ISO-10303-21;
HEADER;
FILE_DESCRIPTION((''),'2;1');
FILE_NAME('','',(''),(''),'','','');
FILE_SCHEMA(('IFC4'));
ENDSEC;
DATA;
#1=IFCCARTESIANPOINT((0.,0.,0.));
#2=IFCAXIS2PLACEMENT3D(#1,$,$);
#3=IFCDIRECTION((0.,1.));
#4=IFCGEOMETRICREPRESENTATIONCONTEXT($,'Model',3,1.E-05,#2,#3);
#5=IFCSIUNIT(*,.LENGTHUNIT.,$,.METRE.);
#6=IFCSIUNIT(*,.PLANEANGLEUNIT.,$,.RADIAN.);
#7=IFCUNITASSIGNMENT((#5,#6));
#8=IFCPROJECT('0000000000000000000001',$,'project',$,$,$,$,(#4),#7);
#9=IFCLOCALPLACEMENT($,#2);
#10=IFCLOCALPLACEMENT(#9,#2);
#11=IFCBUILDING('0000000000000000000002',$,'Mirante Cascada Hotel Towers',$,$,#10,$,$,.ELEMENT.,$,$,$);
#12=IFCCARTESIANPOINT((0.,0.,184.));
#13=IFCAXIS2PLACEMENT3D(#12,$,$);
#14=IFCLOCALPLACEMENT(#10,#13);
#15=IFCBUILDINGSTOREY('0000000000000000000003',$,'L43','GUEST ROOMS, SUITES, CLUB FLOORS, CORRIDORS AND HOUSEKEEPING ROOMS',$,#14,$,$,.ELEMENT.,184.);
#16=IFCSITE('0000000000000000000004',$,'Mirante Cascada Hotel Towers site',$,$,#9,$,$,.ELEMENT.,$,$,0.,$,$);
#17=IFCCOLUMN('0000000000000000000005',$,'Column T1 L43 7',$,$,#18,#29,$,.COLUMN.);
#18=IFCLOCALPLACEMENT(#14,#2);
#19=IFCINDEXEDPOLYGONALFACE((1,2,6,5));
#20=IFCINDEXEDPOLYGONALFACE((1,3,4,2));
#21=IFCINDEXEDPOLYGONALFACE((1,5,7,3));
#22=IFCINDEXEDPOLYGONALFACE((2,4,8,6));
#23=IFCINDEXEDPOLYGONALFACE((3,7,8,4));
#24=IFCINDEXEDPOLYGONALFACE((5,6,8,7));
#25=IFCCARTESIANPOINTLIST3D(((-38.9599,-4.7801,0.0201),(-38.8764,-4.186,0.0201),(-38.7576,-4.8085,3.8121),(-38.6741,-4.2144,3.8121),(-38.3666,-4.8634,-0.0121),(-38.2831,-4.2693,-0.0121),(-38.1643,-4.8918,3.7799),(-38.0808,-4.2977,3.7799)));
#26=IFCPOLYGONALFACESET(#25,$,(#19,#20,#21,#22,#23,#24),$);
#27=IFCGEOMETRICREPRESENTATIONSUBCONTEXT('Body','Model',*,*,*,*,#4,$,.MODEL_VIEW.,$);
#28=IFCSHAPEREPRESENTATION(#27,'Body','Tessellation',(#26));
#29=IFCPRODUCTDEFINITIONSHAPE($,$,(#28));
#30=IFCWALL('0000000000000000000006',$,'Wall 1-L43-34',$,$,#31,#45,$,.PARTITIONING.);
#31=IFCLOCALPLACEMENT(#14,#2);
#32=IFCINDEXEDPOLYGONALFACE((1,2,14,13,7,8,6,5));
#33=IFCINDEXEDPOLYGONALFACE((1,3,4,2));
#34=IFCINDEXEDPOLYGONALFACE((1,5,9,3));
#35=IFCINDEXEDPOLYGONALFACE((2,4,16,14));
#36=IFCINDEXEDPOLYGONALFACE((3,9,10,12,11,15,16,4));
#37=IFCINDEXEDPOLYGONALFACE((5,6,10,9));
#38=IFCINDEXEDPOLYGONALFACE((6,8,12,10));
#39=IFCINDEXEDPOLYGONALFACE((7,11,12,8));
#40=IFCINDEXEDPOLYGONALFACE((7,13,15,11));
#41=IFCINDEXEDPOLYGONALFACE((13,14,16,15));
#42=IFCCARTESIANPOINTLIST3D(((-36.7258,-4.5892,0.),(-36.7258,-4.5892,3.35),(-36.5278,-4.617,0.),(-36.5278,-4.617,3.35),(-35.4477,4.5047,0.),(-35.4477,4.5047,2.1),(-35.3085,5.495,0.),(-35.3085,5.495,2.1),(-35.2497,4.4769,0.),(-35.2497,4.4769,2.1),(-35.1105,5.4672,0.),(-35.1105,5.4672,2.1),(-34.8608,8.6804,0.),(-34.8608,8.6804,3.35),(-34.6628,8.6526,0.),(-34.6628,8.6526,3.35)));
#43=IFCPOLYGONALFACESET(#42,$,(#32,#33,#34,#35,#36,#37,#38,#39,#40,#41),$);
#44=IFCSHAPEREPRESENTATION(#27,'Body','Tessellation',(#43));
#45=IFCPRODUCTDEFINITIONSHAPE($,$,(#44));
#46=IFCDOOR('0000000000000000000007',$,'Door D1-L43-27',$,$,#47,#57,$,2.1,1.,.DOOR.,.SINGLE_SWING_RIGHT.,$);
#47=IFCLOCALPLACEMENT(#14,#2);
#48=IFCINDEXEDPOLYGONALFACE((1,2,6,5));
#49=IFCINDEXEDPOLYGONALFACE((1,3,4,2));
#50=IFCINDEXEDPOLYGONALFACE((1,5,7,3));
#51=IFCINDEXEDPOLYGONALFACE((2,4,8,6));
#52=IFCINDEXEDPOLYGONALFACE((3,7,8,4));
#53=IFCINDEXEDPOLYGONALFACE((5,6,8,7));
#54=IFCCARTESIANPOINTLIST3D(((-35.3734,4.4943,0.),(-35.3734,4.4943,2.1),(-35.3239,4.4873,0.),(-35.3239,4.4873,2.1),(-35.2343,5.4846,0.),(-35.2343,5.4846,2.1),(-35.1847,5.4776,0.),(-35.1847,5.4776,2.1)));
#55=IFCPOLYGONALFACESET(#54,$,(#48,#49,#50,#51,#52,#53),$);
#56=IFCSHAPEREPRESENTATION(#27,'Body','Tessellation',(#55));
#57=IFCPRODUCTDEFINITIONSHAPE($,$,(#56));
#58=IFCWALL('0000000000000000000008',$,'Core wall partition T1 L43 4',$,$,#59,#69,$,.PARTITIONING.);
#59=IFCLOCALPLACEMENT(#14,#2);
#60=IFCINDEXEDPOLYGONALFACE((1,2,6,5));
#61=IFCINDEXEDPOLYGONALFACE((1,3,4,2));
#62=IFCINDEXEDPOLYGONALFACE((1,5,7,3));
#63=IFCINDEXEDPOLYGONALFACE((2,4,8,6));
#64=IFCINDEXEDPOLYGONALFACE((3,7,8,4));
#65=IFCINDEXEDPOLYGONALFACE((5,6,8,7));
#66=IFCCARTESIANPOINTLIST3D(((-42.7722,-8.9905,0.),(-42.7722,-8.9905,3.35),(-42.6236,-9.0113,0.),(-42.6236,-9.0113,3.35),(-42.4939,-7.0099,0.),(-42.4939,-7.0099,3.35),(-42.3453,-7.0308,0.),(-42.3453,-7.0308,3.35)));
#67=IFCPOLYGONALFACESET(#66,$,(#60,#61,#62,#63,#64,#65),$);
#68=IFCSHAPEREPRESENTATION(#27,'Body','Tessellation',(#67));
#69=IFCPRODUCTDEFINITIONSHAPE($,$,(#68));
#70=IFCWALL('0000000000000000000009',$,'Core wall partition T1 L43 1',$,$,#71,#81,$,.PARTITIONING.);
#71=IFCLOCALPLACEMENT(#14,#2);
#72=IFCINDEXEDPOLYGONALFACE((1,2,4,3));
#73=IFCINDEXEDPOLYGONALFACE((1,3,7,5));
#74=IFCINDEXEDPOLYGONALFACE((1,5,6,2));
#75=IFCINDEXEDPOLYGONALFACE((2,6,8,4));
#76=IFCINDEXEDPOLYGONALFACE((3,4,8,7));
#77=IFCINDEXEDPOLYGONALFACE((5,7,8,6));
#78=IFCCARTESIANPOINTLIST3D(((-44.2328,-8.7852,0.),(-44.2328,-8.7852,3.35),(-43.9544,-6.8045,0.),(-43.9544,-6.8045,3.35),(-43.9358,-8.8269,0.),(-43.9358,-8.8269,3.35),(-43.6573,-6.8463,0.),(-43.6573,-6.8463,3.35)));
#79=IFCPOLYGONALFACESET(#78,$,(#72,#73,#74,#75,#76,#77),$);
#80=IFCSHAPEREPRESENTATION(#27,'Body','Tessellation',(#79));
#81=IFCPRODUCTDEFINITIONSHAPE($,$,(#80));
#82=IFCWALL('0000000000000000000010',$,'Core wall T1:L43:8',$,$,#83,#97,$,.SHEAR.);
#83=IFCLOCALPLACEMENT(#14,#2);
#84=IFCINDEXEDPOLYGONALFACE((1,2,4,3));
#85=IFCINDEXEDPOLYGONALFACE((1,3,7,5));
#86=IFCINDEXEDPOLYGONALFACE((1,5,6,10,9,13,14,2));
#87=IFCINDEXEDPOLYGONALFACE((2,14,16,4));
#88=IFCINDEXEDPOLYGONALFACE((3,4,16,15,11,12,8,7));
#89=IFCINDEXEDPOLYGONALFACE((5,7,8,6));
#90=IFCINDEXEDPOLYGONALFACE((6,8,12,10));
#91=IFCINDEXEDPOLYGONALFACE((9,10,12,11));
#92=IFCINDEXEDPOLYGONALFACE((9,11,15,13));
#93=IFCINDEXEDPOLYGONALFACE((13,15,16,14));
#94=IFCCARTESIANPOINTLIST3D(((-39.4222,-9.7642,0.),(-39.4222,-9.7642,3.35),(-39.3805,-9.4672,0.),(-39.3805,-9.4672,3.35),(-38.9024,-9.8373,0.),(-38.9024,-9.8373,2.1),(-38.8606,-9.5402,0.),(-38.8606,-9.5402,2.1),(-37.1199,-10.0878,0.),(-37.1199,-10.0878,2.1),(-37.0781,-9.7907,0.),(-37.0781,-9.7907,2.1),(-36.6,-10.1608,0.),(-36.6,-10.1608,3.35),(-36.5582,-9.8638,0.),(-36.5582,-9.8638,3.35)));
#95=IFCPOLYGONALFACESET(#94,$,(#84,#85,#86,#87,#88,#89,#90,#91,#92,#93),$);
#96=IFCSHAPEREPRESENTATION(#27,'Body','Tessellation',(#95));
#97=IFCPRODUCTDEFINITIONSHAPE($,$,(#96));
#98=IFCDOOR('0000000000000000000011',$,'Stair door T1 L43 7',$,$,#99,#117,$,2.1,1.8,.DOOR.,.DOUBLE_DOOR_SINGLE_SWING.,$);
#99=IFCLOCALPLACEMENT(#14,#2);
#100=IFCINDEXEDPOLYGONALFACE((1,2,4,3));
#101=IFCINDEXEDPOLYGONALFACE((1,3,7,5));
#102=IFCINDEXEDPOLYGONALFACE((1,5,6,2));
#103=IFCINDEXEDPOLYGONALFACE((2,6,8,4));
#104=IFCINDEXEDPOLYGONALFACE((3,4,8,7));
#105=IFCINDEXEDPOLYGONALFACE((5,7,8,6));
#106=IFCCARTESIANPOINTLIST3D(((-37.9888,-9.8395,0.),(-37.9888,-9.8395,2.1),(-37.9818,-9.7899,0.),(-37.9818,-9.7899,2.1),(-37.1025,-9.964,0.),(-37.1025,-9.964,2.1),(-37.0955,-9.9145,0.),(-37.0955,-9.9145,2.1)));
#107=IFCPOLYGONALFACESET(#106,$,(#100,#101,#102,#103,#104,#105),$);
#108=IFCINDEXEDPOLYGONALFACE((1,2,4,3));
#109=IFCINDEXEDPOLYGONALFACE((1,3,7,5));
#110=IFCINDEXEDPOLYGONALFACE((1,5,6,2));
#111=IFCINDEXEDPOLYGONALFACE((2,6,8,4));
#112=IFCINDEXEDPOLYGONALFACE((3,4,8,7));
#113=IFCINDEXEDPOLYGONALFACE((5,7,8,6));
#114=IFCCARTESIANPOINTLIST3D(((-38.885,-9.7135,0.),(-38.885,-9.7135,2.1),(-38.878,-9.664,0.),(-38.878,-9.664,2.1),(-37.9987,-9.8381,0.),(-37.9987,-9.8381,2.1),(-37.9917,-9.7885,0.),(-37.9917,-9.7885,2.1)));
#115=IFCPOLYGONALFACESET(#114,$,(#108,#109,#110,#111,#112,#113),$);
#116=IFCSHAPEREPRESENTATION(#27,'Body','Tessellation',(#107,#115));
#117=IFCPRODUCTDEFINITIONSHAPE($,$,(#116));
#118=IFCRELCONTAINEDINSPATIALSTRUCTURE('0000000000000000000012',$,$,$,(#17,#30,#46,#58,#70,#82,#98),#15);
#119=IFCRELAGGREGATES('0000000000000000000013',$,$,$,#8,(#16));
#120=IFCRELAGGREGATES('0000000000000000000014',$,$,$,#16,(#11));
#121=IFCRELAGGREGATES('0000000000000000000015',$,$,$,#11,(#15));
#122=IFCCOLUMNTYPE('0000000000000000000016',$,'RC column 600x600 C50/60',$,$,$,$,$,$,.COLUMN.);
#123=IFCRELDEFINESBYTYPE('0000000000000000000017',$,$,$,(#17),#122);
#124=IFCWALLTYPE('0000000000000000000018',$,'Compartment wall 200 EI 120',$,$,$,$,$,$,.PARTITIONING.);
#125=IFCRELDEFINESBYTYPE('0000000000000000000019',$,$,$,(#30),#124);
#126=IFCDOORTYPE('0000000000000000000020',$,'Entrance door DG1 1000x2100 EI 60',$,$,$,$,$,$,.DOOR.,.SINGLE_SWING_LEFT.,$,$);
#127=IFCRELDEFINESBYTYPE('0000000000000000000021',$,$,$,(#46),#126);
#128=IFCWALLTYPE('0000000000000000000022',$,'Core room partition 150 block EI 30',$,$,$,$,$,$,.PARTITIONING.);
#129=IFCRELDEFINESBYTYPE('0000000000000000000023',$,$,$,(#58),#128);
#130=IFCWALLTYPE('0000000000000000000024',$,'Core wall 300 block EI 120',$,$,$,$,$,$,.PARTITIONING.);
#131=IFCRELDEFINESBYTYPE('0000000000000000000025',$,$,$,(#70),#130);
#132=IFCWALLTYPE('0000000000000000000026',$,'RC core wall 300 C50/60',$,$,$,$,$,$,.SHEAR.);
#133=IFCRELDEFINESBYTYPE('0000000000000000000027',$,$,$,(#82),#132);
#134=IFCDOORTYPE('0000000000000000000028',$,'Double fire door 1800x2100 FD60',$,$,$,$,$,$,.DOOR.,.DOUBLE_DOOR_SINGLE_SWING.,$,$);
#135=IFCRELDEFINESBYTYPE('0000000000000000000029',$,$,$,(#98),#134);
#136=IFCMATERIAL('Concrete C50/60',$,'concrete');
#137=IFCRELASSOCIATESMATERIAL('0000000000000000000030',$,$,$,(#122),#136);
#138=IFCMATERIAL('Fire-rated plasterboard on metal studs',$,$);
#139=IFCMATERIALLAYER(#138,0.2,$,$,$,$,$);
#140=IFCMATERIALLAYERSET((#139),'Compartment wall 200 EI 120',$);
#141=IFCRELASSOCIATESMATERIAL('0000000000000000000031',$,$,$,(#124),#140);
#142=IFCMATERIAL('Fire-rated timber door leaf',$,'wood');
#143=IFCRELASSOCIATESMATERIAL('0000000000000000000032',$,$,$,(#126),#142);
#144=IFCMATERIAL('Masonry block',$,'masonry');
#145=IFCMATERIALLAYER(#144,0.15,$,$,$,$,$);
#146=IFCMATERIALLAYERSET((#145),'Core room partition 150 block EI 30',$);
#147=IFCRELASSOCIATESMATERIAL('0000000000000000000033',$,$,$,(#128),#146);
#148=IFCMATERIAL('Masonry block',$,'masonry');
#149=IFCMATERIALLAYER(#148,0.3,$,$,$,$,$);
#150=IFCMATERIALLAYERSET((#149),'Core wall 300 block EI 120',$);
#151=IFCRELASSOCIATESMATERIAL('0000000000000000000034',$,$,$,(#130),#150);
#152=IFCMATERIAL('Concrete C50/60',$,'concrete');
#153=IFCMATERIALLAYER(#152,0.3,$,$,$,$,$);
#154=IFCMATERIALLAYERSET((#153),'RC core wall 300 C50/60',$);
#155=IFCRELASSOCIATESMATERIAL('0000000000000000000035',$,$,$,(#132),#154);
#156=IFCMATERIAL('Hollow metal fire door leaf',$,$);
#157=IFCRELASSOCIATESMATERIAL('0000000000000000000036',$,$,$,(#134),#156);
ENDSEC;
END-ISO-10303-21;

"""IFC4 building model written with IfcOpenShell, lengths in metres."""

from ifc_helpers import new_model, si_unit, direction, frame, frame_2d, origin, origin_2d, place, context, subcontext, project, spatial, rectangle, extrude, material, layer, layer_set, material_profile, profile_set, type_object, element, fill, save


model = new_model("IFC4")

# Units and contexts
model_context = context("Model", 3, precision=1e-05, world=origin(), true_north=direction((0.0, 1.0)))
body_context = subcontext(model_context, "Body", "Model", "MODEL_VIEW")
ifc_project = project(units=[si_unit("LENGTHUNIT", "METRE"), si_unit("PLANEANGLEUNIT", "RADIAN")], contexts=[model_context])

# Site, building, storey
site_placement = place(None, origin())
site = spatial("IfcSite", under=ifc_project, at=site_placement, Name="Mirante Cascada Hotel Towers site", CompositionType="ELEMENT", RefElevation=0.0)
building_placement = place(site_placement, origin())
building = spatial("IfcBuilding", under=site, at=building_placement, Name="Mirante Cascada Hotel Towers", CompositionType="ELEMENT")
storey_placement = place(building_placement, frame((0.0, 0.0, 184.0)))
storey = spatial("IfcBuildingStorey", under=building, at=storey_placement, Name="L43", Description="GUEST ROOMS, SUITES, CLUB FLOORS, CORRIDORS AND HOUSEKEEPING ROOMS", CompositionType="ELEMENT", Elevation=184.0)

# Column
ifc_material_1 = material(Name="Concrete C50/60", Category="concrete")
ifc_material_profile = material_profile(ifc_material_1, rectangle(XDim=0.6, YDim=0.6, at=origin_2d()), Name="RC column 600x600 C50/60")
ifc_profile_set = profile_set([ifc_material_profile], Name="Concrete C50/60")
column_type = type_object("IfcColumnType", Name="RC column 600x600 C50/60", PredefinedType="COLUMN", material=ifc_profile_set)
column_placement = place(storey_placement, frame((-38.6215, -4.5247, 0.004), z_axis=(0.053272, -0.007479, 0.998552), x_axis=(0.139022, 0.990289, 0.0)))
element("IfcColumn", 1, at=column_placement, inside=storey, type_object=column_type, Name="Column T1 L43 7", PredefinedType="COLUMN", context=body_context, shape_type="SweptSolid", body=[
    extrude(rectangle(XDim=0.6, YDim=0.6, at=origin_2d()), origin(), (0.0, 0.0, 1.0), 3.7975),
])

# Wall, opening, door
ifc_material_2 = material(Name="Fire-rated plasterboard on metal studs")
ifc_layer_1 = layer(ifc_material_2, 0.2)
ifc_layer_set_1 = layer_set([ifc_layer_1], Name="Compartment wall 200 EI 120")
wall_type_1 = type_object("IfcWallType", Name="Compartment wall 200 EI 120", PredefinedType="PARTITIONING", material=ifc_layer_set_1)
wall_1_placement = place(storey_placement, frame((-36.6268, -4.6031, 0.0), z_axis=(0.0, 0.0, 1.0), x_axis=(0.139179, 0.990267, 0.0)))
wall_1 = element("IfcWall", 2, at=wall_1_placement, inside=storey, type_object=wall_type_1, Name="Wall 1-L43-34", PredefinedType="PARTITIONING", context=body_context, shape_type="SweptSolid", body=[
    extrude(rectangle(XDim=13.4, YDim=0.2, at=frame_2d((6.7, 0.0))), origin(), (0.0, 0.0, 1.0), 3.35),
])
opening_1_placement = place(wall_1_placement, frame((9.1833, 0.0, 0.0)))
opening_1 = element("IfcOpeningElement", 3, at=opening_1_placement, cuts=wall_1, PredefinedType="OPENING", context=body_context, shape_type="SweptSolid", body=[
    extrude(rectangle(XDim=1.0, YDim=2.1, at=frame_2d((0.5, 1.05))), frame((0.0, 0.1, 0.0), z_axis=(0.0, -1.0, 0.0), x_axis=(1.0, 0.0, 0.0)), (0.0, 0.0, 1.0), 0.2),
])
ifc_material_3 = material(Name="Fire-rated timber door leaf", Category="wood")
door_type_1 = type_object("IfcDoorType", Name="Entrance door DG1 1000x2100 EI 60", OperationType="SINGLE_SWING_LEFT", PredefinedType="DOOR", material=ifc_material_3)
door_1_placement = place(opening_1_placement, frame((1.0, 0.0, 0.0), z_axis=(0.0, 0.0, 1.0), x_axis=(-1.0, 0.0, 0.0)))
door_1 = element("IfcDoor", 4, at=door_1_placement, inside=storey, type_object=door_type_1, Name="Door D1-L43-27", OperationType="SINGLE_SWING_RIGHT", OverallHeight=2.1, OverallWidth=1.0, PredefinedType="DOOR", context=body_context, shape_type="SweptSolid", body=[
    extrude(rectangle(XDim=1.0, YDim=2.1, at=frame_2d((0.5, 1.05))), frame((0.0, 0.025, 0.0), z_axis=(0.0, -1.0, 0.0), x_axis=(1.0, 0.0, 0.0)), (0.0, 0.0, 1.0), 0.05),
])
fill(opening_1, door_1)

# Walls
ifc_material_4 = material(Name="Masonry block", Category="masonry")
ifc_layer_2 = layer(ifc_material_4, 0.15)
ifc_layer_set_2 = layer_set([ifc_layer_2], Name="Core room partition 150 block EI 30")
wall_type_2 = type_object("IfcWallType", Name="Core room partition 150 block EI 30", PredefinedType="PARTITIONING", material=ifc_layer_set_2)
wall_2_placement = place(storey_placement, frame((-42.6979, -9.0009, 0.0), z_axis=(0.0, 0.0, 1.0), x_axis=(0.139153, 0.990271, 0.0)))
element("IfcWall", 5, at=wall_2_placement, inside=storey, type_object=wall_type_2, Name="Core wall partition T1 L43 4", PredefinedType="PARTITIONING", context=body_context, shape_type="SweptSolid", body=[
    extrude(rectangle(XDim=2.0, YDim=0.15, at=frame_2d((1.0, 0.0))), origin(), (0.0, 0.0, 1.0), 3.35),
])
ifc_material_5 = material(Name="Masonry block", Category="masonry")
ifc_layer_3 = layer(ifc_material_5, 0.3)
ifc_layer_set_3 = layer_set([ifc_layer_3], Name="Core wall 300 block EI 120")
wall_type_3 = type_object("IfcWallType", Name="Core wall 300 block EI 120", PredefinedType="PARTITIONING", material=ifc_layer_set_3)
wall_3_placement = place(storey_placement, frame((-44.0843, -8.8061, 0.0), z_axis=(0.0, 0.0, 1.0), x_axis=(0.139195, 0.990265, 0.0)))
element("IfcWall", 6, at=wall_3_placement, inside=storey, type_object=wall_type_3, Name="Core wall partition T1 L43 1", PredefinedType="PARTITIONING", context=body_context, shape_type="SweptSolid", body=[
    extrude(rectangle(XDim=2.0001, YDim=0.3, at=frame_2d((1.0001, 0.0))), origin(), (0.0, 0.0, 1.0), 3.35),
])

# Wall, opening, door
ifc_material_6 = material(Name="Concrete C50/60", Category="concrete")
ifc_layer_4 = layer(ifc_material_6, 0.3)
ifc_layer_set_4 = layer_set([ifc_layer_4], Name="RC core wall 300 C50/60")
wall_type_4 = type_object("IfcWallType", Name="RC core wall 300 C50/60", PredefinedType="SHEAR", material=ifc_layer_set_4)
wall_4_placement = place(storey_placement, frame((-36.5791, -10.0123, 0.0), z_axis=(0.0, 0.0, 1.0), x_axis=(-0.99027, 0.139156, 0.0)))
wall_4 = element("IfcWall", 7, at=wall_4_placement, inside=storey, type_object=wall_type_4, Name="Core wall T1:L43:8", PredefinedType="SHEAR", context=body_context, shape_type="SweptSolid", body=[
    extrude(rectangle(XDim=2.85, YDim=0.3, at=frame_2d((1.425, 0.0))), origin(), (0.0, 0.0, 1.0), 3.35),
])
opening_2_placement = place(wall_4_placement, frame((0.525, 0.0, 0.0)))
opening_2 = element("IfcOpeningElement", 8, at=opening_2_placement, cuts=wall_4, PredefinedType="OPENING", context=body_context, shape_type="SweptSolid", body=[
    extrude(rectangle(XDim=1.8, YDim=2.1, at=frame_2d((0.9, 1.05))), frame((0.0, 0.15, 0.0), z_axis=(0.0, -1.0, 0.0), x_axis=(1.0, 0.0, 0.0)), (0.0, 0.0, 1.0), 0.3),
])
ifc_material_7 = material(Name="Hollow metal fire door leaf")
door_type_2 = type_object("IfcDoorType", Name="Double fire door 1800x2100 FD60", OperationType="DOUBLE_DOOR_SINGLE_SWING", PredefinedType="DOOR", material=ifc_material_7)
door_2_placement = place(opening_2_placement, origin())
door_2 = element("IfcDoor", 9, at=door_2_placement, inside=storey, type_object=door_type_2, Name="Stair door T1 L43 7", OperationType="DOUBLE_DOOR_SINGLE_SWING", OverallHeight=2.1, OverallWidth=1.8, PredefinedType="DOOR", context=body_context, shape_type="SweptSolid", body=[
    extrude(rectangle(XDim=0.895, YDim=2.1, at=frame_2d((0.4475, 1.05))), frame((0.0, 0.025, 0.0), z_axis=(0.0, -1.0, 0.0), x_axis=(1.0, 0.0, 0.0)), (0.0, 0.0, 1.0), 0.05),
    extrude(rectangle(XDim=0.895, YDim=2.1, at=frame_2d((1.3525, 1.05))), frame((0.0, 0.025, 0.0), z_axis=(0.0, -1.0, 0.0), x_axis=(1.0, 0.0, 0.0)), (0.0, 0.0, 1.0), 0.05),
])
fill(opening_2, door_2)

save(model, "model.ifc")
